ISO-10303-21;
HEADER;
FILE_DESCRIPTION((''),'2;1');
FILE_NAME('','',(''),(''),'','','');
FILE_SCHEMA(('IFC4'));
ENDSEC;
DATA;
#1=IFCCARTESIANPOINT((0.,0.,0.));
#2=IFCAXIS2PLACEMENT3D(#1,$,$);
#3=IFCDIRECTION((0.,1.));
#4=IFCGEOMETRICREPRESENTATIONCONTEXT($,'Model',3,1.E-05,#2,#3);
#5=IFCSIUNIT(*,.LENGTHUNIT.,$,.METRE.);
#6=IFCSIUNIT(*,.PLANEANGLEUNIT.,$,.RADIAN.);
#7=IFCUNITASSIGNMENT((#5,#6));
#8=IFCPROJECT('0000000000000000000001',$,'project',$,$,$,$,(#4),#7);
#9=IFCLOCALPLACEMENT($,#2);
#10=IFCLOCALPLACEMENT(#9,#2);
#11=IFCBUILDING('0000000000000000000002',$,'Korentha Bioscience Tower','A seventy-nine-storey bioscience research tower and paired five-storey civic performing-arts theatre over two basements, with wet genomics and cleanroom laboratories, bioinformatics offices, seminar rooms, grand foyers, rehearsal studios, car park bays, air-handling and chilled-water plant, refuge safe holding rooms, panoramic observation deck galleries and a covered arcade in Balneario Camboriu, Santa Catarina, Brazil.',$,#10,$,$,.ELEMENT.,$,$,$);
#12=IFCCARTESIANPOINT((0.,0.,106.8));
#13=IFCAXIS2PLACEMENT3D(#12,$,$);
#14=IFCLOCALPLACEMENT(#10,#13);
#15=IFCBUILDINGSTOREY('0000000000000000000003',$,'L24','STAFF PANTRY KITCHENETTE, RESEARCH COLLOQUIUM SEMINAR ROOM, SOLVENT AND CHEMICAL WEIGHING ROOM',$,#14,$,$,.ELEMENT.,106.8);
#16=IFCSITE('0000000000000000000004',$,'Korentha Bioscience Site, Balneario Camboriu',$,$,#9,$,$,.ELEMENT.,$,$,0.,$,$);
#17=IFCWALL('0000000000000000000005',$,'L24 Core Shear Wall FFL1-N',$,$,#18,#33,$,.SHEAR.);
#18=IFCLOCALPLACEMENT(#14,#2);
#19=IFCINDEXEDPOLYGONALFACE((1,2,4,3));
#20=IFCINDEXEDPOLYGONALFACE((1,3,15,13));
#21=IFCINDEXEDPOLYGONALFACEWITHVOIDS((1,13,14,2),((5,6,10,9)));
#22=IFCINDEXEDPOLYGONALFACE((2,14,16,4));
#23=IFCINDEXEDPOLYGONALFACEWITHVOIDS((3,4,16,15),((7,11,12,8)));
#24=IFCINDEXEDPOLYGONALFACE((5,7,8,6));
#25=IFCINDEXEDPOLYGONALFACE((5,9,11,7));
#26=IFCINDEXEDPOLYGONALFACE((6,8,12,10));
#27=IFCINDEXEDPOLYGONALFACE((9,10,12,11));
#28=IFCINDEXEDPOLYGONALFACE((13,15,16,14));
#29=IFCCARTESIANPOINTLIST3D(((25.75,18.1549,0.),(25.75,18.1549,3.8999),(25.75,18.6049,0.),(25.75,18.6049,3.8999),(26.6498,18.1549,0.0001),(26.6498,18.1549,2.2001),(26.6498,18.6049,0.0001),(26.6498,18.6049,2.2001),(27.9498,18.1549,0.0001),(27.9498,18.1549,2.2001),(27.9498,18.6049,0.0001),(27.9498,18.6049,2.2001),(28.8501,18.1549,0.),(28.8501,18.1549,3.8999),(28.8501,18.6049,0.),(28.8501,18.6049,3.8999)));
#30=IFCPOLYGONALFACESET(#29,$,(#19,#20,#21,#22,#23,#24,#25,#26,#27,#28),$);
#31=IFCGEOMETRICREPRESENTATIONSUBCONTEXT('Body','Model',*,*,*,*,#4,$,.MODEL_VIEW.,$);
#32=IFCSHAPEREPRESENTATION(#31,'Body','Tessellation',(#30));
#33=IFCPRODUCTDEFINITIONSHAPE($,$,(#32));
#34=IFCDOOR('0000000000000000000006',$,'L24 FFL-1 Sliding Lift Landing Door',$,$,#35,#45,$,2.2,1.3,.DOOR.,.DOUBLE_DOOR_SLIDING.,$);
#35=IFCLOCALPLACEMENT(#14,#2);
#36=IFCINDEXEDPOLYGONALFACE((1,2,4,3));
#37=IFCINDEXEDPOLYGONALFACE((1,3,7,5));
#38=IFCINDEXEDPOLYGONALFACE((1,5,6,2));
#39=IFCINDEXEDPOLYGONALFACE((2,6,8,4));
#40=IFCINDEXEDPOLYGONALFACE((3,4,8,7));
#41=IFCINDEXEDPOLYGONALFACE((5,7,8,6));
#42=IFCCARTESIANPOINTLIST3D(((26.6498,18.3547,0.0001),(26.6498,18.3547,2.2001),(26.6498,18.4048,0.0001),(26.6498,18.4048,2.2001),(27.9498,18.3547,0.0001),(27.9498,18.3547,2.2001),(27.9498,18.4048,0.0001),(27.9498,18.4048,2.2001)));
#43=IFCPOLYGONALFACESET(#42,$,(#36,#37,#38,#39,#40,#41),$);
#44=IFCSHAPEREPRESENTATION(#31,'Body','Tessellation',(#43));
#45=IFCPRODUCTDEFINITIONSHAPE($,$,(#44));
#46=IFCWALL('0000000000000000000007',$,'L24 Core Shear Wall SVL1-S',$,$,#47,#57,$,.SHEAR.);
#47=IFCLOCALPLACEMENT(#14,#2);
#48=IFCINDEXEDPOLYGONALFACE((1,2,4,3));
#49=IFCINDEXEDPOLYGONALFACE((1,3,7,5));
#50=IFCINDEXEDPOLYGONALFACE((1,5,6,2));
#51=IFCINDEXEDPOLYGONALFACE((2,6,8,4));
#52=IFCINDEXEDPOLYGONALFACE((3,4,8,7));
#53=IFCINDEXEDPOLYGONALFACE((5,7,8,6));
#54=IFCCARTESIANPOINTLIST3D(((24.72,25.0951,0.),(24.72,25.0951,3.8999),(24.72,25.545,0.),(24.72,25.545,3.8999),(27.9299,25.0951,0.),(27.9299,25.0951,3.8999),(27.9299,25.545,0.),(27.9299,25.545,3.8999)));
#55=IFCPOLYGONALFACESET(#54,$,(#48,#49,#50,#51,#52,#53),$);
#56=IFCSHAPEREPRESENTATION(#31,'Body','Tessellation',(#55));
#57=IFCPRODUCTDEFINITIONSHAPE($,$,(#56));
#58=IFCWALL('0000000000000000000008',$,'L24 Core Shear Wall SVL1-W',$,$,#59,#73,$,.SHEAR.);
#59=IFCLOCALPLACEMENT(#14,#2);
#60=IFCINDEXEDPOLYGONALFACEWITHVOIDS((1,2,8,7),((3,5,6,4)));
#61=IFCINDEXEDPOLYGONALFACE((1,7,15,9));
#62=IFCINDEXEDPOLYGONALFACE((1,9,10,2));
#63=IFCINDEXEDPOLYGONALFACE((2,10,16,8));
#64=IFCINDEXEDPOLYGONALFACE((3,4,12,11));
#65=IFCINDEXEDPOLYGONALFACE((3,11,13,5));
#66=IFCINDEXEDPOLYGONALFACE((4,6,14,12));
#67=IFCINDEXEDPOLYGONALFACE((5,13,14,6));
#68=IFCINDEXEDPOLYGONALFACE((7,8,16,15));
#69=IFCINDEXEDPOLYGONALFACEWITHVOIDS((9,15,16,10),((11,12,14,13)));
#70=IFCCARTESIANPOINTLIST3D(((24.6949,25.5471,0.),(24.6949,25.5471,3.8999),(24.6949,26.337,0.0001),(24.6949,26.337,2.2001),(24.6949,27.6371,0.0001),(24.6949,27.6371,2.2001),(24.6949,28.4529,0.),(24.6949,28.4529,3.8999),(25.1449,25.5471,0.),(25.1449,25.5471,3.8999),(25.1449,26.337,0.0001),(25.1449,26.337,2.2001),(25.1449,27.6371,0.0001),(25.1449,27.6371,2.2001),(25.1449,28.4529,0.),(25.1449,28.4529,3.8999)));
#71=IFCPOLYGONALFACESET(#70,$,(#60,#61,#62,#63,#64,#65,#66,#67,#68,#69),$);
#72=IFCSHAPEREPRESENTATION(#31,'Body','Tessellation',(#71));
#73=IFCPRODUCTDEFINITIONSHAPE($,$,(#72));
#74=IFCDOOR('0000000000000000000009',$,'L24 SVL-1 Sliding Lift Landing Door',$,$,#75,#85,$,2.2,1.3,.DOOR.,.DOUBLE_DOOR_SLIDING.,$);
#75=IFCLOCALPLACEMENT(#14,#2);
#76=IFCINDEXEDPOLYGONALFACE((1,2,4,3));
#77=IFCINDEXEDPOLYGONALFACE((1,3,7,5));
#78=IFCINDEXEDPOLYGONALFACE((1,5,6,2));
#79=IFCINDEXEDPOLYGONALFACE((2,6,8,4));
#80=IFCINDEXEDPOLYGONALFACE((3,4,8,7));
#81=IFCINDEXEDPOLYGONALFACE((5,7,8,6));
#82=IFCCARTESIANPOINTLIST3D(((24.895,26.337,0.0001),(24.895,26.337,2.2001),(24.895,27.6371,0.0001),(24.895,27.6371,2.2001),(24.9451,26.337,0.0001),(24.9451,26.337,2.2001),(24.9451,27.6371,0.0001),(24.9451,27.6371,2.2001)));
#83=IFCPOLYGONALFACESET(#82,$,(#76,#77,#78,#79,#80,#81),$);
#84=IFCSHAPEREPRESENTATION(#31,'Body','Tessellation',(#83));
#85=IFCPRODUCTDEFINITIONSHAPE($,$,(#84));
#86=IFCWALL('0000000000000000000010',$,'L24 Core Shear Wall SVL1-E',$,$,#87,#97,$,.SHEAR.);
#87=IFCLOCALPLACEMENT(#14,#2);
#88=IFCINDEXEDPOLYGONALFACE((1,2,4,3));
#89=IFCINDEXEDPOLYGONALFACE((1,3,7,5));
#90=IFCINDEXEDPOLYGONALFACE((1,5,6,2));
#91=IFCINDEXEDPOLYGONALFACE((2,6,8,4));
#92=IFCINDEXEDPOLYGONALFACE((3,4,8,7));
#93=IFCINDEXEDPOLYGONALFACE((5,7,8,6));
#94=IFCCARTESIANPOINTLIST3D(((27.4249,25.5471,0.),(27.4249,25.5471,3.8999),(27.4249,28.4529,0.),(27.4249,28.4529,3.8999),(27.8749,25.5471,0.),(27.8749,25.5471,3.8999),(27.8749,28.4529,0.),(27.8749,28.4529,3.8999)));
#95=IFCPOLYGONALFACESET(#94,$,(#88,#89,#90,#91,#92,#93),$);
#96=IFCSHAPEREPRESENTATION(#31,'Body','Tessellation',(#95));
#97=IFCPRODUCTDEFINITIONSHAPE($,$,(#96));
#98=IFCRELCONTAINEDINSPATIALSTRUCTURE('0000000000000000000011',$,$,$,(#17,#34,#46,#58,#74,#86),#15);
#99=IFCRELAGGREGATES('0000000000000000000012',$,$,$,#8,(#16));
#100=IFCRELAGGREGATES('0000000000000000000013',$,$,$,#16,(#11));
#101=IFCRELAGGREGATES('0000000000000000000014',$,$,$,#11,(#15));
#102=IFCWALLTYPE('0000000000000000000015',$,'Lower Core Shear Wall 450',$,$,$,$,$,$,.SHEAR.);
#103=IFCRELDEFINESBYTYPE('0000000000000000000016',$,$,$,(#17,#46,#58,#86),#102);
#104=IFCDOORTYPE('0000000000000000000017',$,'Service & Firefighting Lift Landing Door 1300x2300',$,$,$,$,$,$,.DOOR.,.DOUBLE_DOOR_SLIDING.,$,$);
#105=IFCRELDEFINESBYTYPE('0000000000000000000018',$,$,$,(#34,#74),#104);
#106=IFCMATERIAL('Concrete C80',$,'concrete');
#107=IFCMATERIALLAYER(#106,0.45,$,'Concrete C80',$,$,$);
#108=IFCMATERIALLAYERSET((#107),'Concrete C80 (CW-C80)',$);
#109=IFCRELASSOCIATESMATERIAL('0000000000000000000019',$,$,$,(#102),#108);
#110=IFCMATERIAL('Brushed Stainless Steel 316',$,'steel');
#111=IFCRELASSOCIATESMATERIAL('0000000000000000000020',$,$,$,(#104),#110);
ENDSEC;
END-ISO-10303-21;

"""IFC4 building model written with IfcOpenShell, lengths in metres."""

from ifc_helpers import new_model, si_unit, direction, frame, frame_2d, origin, place, context, subcontext, project, spatial, rectangle, extrude, material, layer, layer_set, type_object, element, fill, save


model = new_model("IFC4")

# Units and contexts
model_context = context("Model", 3, precision=1e-05, world=origin(), true_north=direction((0.0, 1.0)))
body_context = subcontext(model_context, "Body", "Model", "MODEL_VIEW")
ifc_project = project(units=[si_unit("LENGTHUNIT", "METRE"), si_unit("PLANEANGLEUNIT", "RADIAN")], contexts=[model_context])

# Site, building, storey
site_placement = place(None, origin())
site = spatial("IfcSite", under=ifc_project, at=site_placement, Name="Korentha Bioscience Site, Balneario Camboriu", CompositionType="ELEMENT", RefElevation=0.0)
building_placement = place(site_placement, origin())
building = spatial("IfcBuilding", under=site, at=building_placement, Name="Korentha Bioscience Tower", Description="A seventy-nine-storey bioscience research tower and paired five-storey civic performing-arts theatre over two basements, with wet genomics and cleanroom laboratories, bioinformatics offices, seminar rooms, grand foyers, rehearsal studios, car park bays, air-handling and chilled-water plant, refuge safe holding rooms, panoramic observation deck galleries and a covered arcade in Balneario Camboriu, Santa Catarina, Brazil.", CompositionType="ELEMENT")
storey_placement = place(building_placement, frame((0.0, 0.0, 106.8)))
storey = spatial("IfcBuildingStorey", under=building, at=storey_placement, Name="L24", Description="STAFF PANTRY KITCHENETTE, RESEARCH COLLOQUIUM SEMINAR ROOM, SOLVENT AND CHEMICAL WEIGHING ROOM", CompositionType="ELEMENT", Elevation=106.8)

# Shared definitions
ifc_material_1 = material(Name="Concrete C80", Category="concrete")

# Shared definitions
ifc_layer_1 = layer(ifc_material_1, 0.45, Name="Concrete C80")
ifc_layer_set_1 = layer_set([ifc_layer_1], Name="Concrete C80 (CW-C80)")
wall_type_1 = type_object("IfcWallType", Name="Lower Core Shear Wall 450", PredefinedType="SHEAR", material=ifc_layer_set_1)

# Wall, opening, door
wall_1_placement = place(storey_placement, frame((25.75, 18.3799, 0.0), z_axis=(0.0, 0.0, 1.0), x_axis=(1.0, 0.0, 0.0)))
wall_1 = element("IfcWall", 1, at=wall_1_placement, inside=storey, type_object=wall_type_1, Name="L24 Core Shear Wall FFL1-N", PredefinedType="SHEAR", context=body_context, shape_type="SweptSolid", body=[
    extrude(rectangle(XDim=3.1001, YDim=0.45, at=frame_2d((1.55, 0.0))), origin(), (0.0, 0.0, 1.0), 3.8999),
])
opening_1_placement = place(wall_1_placement, frame((0.8999, 0.0, 0.0)))
opening_1 = element("IfcOpeningElement", 2, at=opening_1_placement, cuts=wall_1, PredefinedType="OPENING", context=body_context, shape_type="SweptSolid", body=[
    extrude(rectangle(XDim=1.3, YDim=2.2, at=frame_2d((0.6499, 1.1001))), frame((0.0, 0.2397, 0.0), z_axis=(0.0, -1.0, 0.0), x_axis=(1.0, 0.0, 0.0)), (0.0, 0.0, 1.0), 0.4797),
])
ifc_material_2 = material(Name="Brushed Stainless Steel 316", Category="steel")
door_type_1 = type_object("IfcDoorType", Name="Service & Firefighting Lift Landing Door 1300x2300", OperationType="DOUBLE_DOOR_SLIDING", PredefinedType="DOOR", material=ifc_material_2)
door_1_placement = place(opening_1_placement, origin())
door_1 = element("IfcDoor", 3, at=door_1_placement, inside=storey, type_object=door_type_1, Name="L24 FFL-1 Sliding Lift Landing Door", OperationType="DOUBLE_DOOR_SLIDING", OverallHeight=2.2, OverallWidth=1.3, PredefinedType="DOOR", context=body_context, shape_type="SweptSolid", body=[
    extrude(rectangle(XDim=1.3, YDim=2.2, at=frame_2d((0.6499, 1.1001))), frame((0.0, 0.0249, 0.0), z_axis=(0.0, -1.0, 0.0), x_axis=(1.0, 0.0, 0.0)), (0.0, 0.0, 1.0), 0.05),
])
fill(opening_1, door_1)

# Wall
wall_2_placement = place(storey_placement, frame((24.72, 25.3201, 0.0), z_axis=(0.0, 0.0, 1.0), x_axis=(1.0, 0.0, 0.0)))
element("IfcWall", 4, at=wall_2_placement, inside=storey, type_object=wall_type_1, Name="L24 Core Shear Wall SVL1-S", PredefinedType="SHEAR", context=body_context, shape_type="SweptSolid", body=[
    extrude(rectangle(XDim=3.21, YDim=0.45, at=frame_2d((1.605, 0.0))), origin(), (0.0, 0.0, 1.0), 3.8999),
])

# Wall, opening, door
wall_3_placement = place(storey_placement, frame((24.9199, 25.5471, 0.0), z_axis=(0.0, 0.0, 1.0), x_axis=(0.0, 1.0, 0.0)))
wall_3 = element("IfcWall", 5, at=wall_3_placement, inside=storey, type_object=wall_type_1, Name="L24 Core Shear Wall SVL1-W", PredefinedType="SHEAR", context=body_context, shape_type="SweptSolid", body=[
    extrude(rectangle(XDim=2.9058, YDim=0.45, at=frame_2d((1.4529, 0.0))), origin(), (0.0, 0.0, 1.0), 3.8999),
])
opening_2_placement = place(wall_3_placement, frame((0.79, 0.0, 0.0)))
opening_2 = element("IfcOpeningElement", 6, at=opening_2_placement, cuts=wall_3, PredefinedType="OPENING", context=body_context, shape_type="SweptSolid", body=[
    extrude(rectangle(XDim=1.3, YDim=2.2, at=frame_2d((0.6499, 1.1001))), frame((0.0, 0.2397, 0.0), z_axis=(0.0, -1.0, 0.0), x_axis=(1.0, 0.0, 0.0)), (0.0, 0.0, 1.0), 0.4797),
])
door_2_placement = place(opening_2_placement, origin())
door_2 = element("IfcDoor", 7, at=door_2_placement, inside=storey, type_object=door_type_1, Name="L24 SVL-1 Sliding Lift Landing Door", OperationType="DOUBLE_DOOR_SLIDING", OverallHeight=2.2, OverallWidth=1.3, PredefinedType="DOOR", context=body_context, shape_type="SweptSolid", body=[
    extrude(rectangle(XDim=1.3, YDim=2.2, at=frame_2d((0.6499, 1.1001))), frame((0.0, 0.0249, 0.0), z_axis=(0.0, -1.0, 0.0), x_axis=(1.0, 0.0, 0.0)), (0.0, 0.0, 1.0), 0.05),
])
fill(opening_2, door_2)

# Wall
wall_4_placement = place(storey_placement, frame((27.6499, 25.5471, 0.0), z_axis=(0.0, 0.0, 1.0), x_axis=(0.0, 1.0, 0.0)))
element("IfcWall", 8, at=wall_4_placement, inside=storey, type_object=wall_type_1, Name="L24 Core Shear Wall SVL1-E", PredefinedType="SHEAR", context=body_context, shape_type="SweptSolid", body=[
    extrude(rectangle(XDim=2.9058, YDim=0.45, at=frame_2d((1.4529, 0.0))), origin(), (0.0, 0.0, 1.0), 3.8999),
])

save(model, "model.ifc")
